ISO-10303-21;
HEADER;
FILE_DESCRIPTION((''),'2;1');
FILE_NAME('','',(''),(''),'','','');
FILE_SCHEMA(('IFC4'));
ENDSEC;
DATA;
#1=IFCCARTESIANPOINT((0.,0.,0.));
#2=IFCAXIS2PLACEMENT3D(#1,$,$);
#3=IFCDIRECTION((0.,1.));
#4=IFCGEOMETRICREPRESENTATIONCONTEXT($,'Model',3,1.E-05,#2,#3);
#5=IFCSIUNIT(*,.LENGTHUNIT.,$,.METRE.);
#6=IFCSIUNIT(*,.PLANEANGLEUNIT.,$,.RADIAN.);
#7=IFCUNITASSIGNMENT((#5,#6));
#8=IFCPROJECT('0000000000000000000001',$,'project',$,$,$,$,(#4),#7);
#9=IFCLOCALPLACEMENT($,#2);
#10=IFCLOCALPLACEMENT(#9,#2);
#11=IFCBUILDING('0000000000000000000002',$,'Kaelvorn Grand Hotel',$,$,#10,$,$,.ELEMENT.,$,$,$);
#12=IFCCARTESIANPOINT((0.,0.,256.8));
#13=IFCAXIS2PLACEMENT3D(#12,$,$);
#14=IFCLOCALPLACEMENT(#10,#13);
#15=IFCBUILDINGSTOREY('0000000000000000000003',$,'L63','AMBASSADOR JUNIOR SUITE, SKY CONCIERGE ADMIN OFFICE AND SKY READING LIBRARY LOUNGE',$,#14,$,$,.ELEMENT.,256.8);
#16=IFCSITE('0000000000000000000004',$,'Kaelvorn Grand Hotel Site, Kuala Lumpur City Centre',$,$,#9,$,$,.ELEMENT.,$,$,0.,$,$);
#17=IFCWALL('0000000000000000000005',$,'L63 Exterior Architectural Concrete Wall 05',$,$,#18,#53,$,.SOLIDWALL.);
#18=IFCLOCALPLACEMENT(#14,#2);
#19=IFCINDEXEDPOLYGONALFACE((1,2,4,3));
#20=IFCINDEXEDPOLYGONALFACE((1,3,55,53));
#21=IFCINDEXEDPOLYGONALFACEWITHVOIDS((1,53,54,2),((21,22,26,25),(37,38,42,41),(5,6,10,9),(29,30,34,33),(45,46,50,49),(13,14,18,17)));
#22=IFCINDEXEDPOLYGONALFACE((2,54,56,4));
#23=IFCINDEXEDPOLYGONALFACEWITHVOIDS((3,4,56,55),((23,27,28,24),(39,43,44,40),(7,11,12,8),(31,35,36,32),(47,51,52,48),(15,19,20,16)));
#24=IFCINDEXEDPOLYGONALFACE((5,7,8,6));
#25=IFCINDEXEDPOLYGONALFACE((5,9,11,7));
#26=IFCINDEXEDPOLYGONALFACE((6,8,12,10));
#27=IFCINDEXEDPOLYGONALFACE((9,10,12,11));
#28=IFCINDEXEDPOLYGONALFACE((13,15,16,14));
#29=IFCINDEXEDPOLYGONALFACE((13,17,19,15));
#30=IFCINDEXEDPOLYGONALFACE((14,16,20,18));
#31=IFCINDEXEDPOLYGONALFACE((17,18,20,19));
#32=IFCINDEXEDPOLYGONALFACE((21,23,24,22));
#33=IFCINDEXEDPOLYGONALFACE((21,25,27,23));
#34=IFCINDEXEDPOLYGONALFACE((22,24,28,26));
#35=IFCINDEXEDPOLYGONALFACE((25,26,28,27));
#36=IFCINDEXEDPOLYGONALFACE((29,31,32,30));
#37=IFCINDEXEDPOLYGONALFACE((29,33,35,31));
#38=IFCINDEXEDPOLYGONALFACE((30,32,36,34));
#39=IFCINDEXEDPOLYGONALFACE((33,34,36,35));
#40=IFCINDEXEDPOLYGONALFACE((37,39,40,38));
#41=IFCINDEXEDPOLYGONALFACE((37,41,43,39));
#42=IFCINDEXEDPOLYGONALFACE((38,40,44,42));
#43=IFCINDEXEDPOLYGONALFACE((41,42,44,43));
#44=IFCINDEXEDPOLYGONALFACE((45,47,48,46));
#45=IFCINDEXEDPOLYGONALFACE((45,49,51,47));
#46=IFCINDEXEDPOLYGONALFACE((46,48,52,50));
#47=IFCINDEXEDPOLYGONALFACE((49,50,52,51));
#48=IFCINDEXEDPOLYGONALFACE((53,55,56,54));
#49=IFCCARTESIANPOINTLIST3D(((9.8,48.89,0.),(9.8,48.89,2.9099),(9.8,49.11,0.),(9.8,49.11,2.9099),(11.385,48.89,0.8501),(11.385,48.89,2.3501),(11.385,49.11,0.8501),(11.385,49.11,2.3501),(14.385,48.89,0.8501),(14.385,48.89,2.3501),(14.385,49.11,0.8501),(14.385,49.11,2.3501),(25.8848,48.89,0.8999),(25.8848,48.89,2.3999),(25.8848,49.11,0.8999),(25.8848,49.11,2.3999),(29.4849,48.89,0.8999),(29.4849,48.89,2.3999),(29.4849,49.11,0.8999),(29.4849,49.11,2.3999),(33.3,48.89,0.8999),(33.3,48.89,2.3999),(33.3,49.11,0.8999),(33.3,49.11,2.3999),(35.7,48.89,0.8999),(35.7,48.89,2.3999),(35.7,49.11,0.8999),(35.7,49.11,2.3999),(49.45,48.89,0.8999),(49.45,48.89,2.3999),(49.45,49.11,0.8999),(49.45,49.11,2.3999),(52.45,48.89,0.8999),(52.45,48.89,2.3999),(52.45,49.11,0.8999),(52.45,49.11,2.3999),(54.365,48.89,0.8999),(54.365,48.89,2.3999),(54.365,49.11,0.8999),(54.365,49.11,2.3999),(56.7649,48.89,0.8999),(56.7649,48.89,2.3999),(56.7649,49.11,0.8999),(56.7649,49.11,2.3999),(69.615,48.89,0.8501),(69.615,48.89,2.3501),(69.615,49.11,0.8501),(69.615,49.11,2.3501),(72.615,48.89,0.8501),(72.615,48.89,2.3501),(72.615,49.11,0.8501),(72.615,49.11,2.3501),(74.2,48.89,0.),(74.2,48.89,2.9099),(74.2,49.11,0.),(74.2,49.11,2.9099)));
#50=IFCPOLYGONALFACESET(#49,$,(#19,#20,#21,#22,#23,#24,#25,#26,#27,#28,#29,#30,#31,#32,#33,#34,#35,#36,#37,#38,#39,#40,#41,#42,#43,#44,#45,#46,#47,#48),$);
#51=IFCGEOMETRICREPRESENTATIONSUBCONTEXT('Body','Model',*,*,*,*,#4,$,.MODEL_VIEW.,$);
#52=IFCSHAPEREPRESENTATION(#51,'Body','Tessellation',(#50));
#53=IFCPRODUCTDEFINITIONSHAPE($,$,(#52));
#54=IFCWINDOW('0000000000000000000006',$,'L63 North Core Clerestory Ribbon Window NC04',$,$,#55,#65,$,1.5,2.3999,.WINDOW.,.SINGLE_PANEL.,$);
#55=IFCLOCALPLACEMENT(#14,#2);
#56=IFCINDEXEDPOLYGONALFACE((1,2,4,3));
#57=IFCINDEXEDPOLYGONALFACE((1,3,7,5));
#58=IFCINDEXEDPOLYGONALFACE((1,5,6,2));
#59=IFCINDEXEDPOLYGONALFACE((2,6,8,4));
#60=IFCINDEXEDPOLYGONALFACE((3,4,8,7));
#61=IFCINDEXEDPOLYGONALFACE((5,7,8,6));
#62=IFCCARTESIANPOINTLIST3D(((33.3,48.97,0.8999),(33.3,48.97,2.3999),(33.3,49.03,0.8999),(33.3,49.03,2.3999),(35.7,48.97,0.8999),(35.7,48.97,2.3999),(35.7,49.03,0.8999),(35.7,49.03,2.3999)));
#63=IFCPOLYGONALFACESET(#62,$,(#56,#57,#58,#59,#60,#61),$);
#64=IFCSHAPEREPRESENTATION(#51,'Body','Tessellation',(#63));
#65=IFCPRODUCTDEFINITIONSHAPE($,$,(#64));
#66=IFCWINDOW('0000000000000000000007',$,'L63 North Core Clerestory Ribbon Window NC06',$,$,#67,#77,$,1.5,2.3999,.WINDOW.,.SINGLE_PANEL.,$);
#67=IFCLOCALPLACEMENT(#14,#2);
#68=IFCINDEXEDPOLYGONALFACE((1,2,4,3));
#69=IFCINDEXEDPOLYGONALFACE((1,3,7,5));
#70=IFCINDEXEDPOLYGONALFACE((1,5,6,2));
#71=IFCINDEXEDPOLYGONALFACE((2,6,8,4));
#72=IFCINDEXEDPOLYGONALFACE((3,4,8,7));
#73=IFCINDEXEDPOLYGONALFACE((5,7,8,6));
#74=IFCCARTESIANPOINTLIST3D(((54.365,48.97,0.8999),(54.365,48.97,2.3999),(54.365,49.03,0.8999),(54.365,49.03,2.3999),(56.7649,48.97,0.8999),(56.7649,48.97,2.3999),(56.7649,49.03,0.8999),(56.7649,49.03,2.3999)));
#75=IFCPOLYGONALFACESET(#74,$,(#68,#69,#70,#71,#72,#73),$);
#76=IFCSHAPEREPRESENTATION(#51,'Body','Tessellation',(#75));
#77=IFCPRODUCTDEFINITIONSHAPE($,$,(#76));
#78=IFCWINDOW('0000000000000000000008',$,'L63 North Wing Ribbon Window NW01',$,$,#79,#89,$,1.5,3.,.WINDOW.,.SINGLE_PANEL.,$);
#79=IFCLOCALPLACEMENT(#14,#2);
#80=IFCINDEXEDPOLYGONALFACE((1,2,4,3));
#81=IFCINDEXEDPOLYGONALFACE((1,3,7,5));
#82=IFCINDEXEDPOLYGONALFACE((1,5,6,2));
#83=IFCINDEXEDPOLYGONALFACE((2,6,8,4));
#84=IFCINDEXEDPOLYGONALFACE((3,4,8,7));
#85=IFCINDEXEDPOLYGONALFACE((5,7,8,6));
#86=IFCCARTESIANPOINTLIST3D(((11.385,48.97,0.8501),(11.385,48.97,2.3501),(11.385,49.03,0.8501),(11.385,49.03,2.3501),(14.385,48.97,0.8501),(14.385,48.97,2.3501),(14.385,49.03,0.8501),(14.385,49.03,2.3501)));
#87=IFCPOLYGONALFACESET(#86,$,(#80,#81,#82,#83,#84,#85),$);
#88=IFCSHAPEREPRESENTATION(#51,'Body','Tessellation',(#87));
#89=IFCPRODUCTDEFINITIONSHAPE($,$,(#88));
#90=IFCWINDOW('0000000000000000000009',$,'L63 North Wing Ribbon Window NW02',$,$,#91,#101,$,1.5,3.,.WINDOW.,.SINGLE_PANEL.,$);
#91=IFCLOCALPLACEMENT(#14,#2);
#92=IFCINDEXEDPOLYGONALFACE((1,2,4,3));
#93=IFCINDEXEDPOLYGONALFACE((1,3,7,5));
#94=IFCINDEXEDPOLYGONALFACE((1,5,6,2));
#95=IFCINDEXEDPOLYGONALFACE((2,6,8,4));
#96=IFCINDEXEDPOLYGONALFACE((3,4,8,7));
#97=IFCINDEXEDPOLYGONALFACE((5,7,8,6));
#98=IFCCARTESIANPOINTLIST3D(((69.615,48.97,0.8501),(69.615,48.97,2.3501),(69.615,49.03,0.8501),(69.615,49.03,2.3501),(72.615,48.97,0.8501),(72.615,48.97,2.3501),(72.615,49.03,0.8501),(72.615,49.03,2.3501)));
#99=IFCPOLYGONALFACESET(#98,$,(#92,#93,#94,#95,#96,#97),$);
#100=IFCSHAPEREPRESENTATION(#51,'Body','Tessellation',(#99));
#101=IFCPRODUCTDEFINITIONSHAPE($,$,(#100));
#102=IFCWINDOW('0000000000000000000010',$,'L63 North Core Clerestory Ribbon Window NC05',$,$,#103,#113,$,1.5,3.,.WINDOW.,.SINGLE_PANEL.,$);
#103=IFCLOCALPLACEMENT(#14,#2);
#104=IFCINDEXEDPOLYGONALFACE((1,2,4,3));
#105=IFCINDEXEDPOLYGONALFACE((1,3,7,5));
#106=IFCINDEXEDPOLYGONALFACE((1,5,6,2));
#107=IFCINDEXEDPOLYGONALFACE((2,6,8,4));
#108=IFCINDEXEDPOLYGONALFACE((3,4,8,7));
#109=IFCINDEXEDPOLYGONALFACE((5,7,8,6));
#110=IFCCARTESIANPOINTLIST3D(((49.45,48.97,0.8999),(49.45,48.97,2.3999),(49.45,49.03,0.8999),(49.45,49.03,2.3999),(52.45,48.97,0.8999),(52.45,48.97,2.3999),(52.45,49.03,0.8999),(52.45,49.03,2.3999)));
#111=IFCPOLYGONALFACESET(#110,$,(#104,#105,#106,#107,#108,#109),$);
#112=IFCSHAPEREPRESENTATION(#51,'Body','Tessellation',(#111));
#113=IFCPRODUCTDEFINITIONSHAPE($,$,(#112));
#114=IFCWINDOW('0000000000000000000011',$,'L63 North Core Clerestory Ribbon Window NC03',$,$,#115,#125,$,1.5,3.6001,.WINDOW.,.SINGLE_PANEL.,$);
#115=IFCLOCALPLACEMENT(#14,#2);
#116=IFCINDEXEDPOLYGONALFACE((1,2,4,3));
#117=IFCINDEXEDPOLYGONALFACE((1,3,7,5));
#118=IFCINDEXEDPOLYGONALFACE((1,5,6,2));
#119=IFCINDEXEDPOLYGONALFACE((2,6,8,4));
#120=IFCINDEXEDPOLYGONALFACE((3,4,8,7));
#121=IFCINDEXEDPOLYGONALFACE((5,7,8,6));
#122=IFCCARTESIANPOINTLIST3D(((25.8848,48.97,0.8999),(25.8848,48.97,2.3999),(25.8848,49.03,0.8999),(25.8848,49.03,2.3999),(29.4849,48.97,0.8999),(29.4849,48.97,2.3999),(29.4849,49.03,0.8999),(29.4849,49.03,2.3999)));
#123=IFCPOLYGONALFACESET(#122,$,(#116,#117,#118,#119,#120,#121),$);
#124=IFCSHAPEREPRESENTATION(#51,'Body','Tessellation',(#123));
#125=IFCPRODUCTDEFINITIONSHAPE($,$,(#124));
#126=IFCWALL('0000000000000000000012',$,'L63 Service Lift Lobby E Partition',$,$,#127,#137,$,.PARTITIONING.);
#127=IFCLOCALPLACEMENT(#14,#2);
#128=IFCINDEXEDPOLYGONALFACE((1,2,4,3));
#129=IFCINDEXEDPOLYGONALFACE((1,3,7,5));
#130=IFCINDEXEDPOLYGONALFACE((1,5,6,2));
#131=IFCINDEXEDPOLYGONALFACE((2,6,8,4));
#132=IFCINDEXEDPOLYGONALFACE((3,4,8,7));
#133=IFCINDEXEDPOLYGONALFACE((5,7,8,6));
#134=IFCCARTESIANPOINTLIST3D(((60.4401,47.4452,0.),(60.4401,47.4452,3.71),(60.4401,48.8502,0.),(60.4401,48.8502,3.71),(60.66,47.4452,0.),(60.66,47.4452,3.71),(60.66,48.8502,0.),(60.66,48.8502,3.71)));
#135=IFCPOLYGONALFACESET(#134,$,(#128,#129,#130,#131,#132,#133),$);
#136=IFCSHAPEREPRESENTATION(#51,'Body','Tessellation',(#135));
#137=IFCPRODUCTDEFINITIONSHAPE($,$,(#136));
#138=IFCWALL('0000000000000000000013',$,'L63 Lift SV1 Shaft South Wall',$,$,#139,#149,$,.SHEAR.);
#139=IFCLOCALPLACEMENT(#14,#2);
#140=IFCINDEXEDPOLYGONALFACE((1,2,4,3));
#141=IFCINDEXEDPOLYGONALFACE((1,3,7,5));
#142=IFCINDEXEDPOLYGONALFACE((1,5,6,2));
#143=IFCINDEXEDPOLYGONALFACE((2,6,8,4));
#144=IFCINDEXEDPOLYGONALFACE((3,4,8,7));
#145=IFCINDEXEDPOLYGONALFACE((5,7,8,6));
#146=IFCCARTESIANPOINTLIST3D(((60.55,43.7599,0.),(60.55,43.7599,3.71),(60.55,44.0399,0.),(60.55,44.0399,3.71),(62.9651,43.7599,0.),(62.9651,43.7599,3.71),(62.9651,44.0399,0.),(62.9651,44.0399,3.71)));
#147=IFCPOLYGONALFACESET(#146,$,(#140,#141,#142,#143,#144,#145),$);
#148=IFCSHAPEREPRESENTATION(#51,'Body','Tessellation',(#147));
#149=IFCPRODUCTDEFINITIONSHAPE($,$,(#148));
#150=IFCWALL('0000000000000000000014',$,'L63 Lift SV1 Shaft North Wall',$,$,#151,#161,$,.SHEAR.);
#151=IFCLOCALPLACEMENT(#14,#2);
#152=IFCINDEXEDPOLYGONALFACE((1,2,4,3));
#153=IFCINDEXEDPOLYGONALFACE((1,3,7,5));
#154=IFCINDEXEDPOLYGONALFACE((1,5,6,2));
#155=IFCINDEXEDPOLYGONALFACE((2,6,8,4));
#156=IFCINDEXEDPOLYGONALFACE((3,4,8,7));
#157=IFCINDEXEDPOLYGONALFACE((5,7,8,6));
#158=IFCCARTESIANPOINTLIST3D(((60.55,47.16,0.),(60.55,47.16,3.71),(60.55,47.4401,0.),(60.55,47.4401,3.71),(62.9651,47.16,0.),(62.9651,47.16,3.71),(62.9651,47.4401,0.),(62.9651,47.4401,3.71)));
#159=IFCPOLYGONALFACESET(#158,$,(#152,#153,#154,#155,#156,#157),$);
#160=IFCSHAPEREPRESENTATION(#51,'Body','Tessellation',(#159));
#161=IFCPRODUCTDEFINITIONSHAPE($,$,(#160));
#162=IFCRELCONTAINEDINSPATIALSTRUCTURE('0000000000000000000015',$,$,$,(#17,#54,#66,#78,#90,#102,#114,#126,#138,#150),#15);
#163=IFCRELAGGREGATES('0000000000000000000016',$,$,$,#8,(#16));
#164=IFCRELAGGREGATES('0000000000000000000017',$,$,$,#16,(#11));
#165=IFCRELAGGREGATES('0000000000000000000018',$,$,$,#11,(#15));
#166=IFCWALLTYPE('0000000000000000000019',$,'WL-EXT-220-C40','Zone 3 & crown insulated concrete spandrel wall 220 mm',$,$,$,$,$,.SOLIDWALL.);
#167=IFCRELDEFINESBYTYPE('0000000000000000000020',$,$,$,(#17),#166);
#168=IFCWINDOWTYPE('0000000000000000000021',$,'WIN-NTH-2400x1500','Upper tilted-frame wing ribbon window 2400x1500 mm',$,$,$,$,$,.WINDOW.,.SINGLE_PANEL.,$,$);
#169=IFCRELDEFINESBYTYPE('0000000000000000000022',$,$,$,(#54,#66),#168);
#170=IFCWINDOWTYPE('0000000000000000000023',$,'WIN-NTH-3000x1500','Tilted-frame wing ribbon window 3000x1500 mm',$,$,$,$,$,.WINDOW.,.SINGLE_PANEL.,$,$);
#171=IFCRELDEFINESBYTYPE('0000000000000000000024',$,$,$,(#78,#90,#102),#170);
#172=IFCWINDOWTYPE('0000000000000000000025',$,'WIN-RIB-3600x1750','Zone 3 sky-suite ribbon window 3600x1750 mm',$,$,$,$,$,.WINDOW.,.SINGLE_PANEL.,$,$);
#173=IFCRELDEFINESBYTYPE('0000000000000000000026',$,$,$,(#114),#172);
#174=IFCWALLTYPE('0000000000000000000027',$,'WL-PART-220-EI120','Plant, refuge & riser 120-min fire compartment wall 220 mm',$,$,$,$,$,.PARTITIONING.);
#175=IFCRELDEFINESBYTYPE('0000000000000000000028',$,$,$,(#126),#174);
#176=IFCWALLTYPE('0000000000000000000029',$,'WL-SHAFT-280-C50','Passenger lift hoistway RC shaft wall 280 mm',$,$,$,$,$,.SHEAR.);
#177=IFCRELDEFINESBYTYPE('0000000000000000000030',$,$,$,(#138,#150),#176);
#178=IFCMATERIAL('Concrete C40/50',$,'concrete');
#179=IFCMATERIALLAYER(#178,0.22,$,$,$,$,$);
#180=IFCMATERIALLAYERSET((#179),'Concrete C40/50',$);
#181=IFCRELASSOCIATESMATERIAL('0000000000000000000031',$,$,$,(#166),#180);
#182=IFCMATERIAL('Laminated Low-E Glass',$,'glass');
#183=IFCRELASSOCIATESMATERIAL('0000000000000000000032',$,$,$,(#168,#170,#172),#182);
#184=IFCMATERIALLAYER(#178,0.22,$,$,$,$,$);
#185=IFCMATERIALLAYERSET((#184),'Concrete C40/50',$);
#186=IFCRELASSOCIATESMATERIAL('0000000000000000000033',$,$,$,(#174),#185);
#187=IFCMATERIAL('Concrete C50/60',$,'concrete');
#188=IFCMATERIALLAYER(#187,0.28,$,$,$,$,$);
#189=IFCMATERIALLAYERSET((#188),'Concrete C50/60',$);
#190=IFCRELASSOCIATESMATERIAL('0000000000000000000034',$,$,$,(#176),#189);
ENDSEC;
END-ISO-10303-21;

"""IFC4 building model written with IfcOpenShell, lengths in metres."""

from ifc_helpers import new_model, si_unit, direction, frame, frame_2d, origin, place, context, subcontext, project, spatial, rectangle, extrude, material, layer, layer_set, type_object, element, fill, save


model = new_model("IFC4")

# Units and contexts
model_context = context("Model", 3, precision=1e-05, world=origin(), true_north=direction((0.0, 1.0)))
body_context = subcontext(model_context, "Body", "Model", "MODEL_VIEW")
ifc_project = project(units=[si_unit("LENGTHUNIT", "METRE"), si_unit("PLANEANGLEUNIT", "RADIAN")], contexts=[model_context])

# Site, building, storey
site_placement = place(None, origin())
site = spatial("IfcSite", under=ifc_project, at=site_placement, Name="Kaelvorn Grand Hotel Site, Kuala Lumpur City Centre", CompositionType="ELEMENT", RefElevation=0.0)
building_placement = place(site_placement, origin())
building = spatial("IfcBuilding", under=site, at=building_placement, Name="Kaelvorn Grand Hotel", CompositionType="ELEMENT")
storey_placement = place(building_placement, frame((0.0, 0.0, 256.8)))
storey = spatial("IfcBuildingStorey", under=building, at=storey_placement, Name="L63", Description="AMBASSADOR JUNIOR SUITE, SKY CONCIERGE ADMIN OFFICE AND SKY READING LIBRARY LOUNGE", CompositionType="ELEMENT", Elevation=256.8)

# Shared definitions
ifc_material_1 = material(Name="Concrete C50/60", Category="concrete")

# Shared definitions
ifc_material_2 = material(Name="Concrete C40/50", Category="concrete")
ifc_layer_1 = layer(ifc_material_2, 0.22)
ifc_layer_set_1 = layer_set([ifc_layer_1], Name="Concrete C40/50")
wall_type_1 = type_object("IfcWallType", Name="WL-EXT-220-C40", Description="Zone 3 & crown insulated concrete spandrel wall 220 mm", PredefinedType="SOLIDWALL", material=ifc_layer_set_1)
ifc_material_3 = material(Name="Laminated Low-E Glass", Category="glass")

# Wall, openings, windows
wall_1_placement = place(storey_placement, frame((74.2, 49.0, 0.0), z_axis=(0.0, 0.0, 1.0), x_axis=(-1.0, 0.0, 0.0)))
wall_1 = element("IfcWall", 1, at=wall_1_placement, inside=storey, type_object=wall_type_1, Name="L63 Exterior Architectural Concrete Wall 05", PredefinedType="SOLIDWALL", context=body_context, shape_type="SweptSolid", body=[
    extrude(rectangle(XDim=64.3999, YDim=0.22, at=frame_2d((32.2, 0.0))), origin(), (0.0, 0.0, 1.0), 2.9099),
])
opening_1_placement = place(wall_1_placement, frame((59.8149, 0.0, 0.8501)))
opening_1 = element("IfcOpeningElement", 2, at=opening_1_placement, cuts=wall_1, PredefinedType="OPENING", context=body_context, shape_type="SweptSolid", body=[
    extrude(rectangle(XDim=3.0, YDim=1.5, at=frame_2d((1.5, 0.75))), frame((0.0, 0.1201, 0.0), z_axis=(0.0, -1.0, 0.0), x_axis=(1.0, 0.0, 0.0)), (0.0, 0.0, 1.0), 0.24),
])
opening_2_placement = place(wall_1_placement, frame((1.585, 0.0, 0.8501)))
opening_2 = element("IfcOpeningElement", 3, at=opening_2_placement, cuts=wall_1, PredefinedType="OPENING", context=body_context, shape_type="SweptSolid", body=[
    extrude(rectangle(XDim=3.0, YDim=1.5, at=frame_2d((1.5, 0.75))), frame((0.0, 0.1201, 0.0), z_axis=(0.0, -1.0, 0.0), x_axis=(1.0, 0.0, 0.0)), (0.0, 0.0, 1.0), 0.24),
])
opening_3_placement = place(wall_1_placement, frame((44.7151, 0.0, 0.8999)))
opening_3 = element("IfcOpeningElement", 4, at=opening_3_placement, cuts=wall_1, PredefinedType="OPENING", context=body_context, shape_type="SweptSolid", body=[
    extrude(rectangle(XDim=3.6001, YDim=1.5, at=frame_2d((1.8, 0.75))), frame((0.0, 0.1201, 0.0), z_axis=(0.0, -1.0, 0.0), x_axis=(1.0, 0.0, 0.0)), (0.0, 0.0, 1.0), 0.24),
])
opening_4_placement = place(wall_1_placement, frame((38.5, 0.0, 0.8999)))
opening_4 = element("IfcOpeningElement", 5, at=opening_4_placement, cuts=wall_1, PredefinedType="OPENING", context=body_context, shape_type="SweptSolid", body=[
    extrude(rectangle(XDim=2.3999, YDim=1.5, at=frame_2d((1.2, 0.75))), frame((0.0, 0.1201, 0.0), z_axis=(0.0, -1.0, 0.0), x_axis=(1.0, 0.0, 0.0)), (0.0, 0.0, 1.0), 0.24),
])
opening_5_placement = place(wall_1_placement, frame((21.75, 0.0, 0.8999)))
opening_5 = element("IfcOpeningElement", 6, at=opening_5_placement, cuts=wall_1, PredefinedType="OPENING", context=body_context, shape_type="SweptSolid", body=[
    extrude(rectangle(XDim=3.0, YDim=1.5, at=frame_2d((1.5, 0.75))), frame((0.0, 0.1201, 0.0), z_axis=(0.0, -1.0, 0.0), x_axis=(1.0, 0.0, 0.0)), (0.0, 0.0, 1.0), 0.24),
])
opening_6_placement = place(wall_1_placement, frame((17.4351, 0.0, 0.8999)))
opening_6 = element("IfcOpeningElement", 7, at=opening_6_placement, cuts=wall_1, PredefinedType="OPENING", context=body_context, shape_type="SweptSolid", body=[
    extrude(rectangle(XDim=2.3999, YDim=1.5, at=frame_2d((1.2, 0.75))), frame((0.0, 0.1201, 0.0), z_axis=(0.0, -1.0, 0.0), x_axis=(1.0, 0.0, 0.0)), (0.0, 0.0, 1.0), 0.24),
])
window_type_1 = type_object("IfcWindowType", Name="WIN-NTH-2400x1500", Description="Upper tilted-frame wing ribbon window 2400x1500 mm", PartitioningType="SINGLE_PANEL", PredefinedType="WINDOW", material=ifc_material_3)
window_1_placement = place(opening_4_placement, origin())
window_1 = element("IfcWindow", 8, at=window_1_placement, inside=storey, type_object=window_type_1, Name="L63 North Core Clerestory Ribbon Window NC04", OverallHeight=1.5, OverallWidth=2.3999, PartitioningType="SINGLE_PANEL", PredefinedType="WINDOW", context=body_context, shape_type="SweptSolid", body=[
    extrude(rectangle(XDim=2.3999, YDim=1.5, at=frame_2d((1.2, 0.75))), frame((0.0, 0.03, 0.0), z_axis=(0.0, -1.0, 0.0), x_axis=(1.0, 0.0, 0.0)), (0.0, 0.0, 1.0), 0.0601),
])
fill(opening_4, window_1)
window_2_placement = place(opening_6_placement, origin())
window_2 = element("IfcWindow", 9, at=window_2_placement, inside=storey, type_object=window_type_1, Name="L63 North Core Clerestory Ribbon Window NC06", OverallHeight=1.5, OverallWidth=2.3999, PartitioningType="SINGLE_PANEL", PredefinedType="WINDOW", context=body_context, shape_type="SweptSolid", body=[
    extrude(rectangle(XDim=2.3999, YDim=1.5, at=frame_2d((1.2, 0.75))), frame((0.0, 0.03, 0.0), z_axis=(0.0, -1.0, 0.0), x_axis=(1.0, 0.0, 0.0)), (0.0, 0.0, 1.0), 0.0601),
])
fill(opening_6, window_2)
window_type_2 = type_object("IfcWindowType", Name="WIN-NTH-3000x1500", Description="Tilted-frame wing ribbon window 3000x1500 mm", PartitioningType="SINGLE_PANEL", PredefinedType="WINDOW", material=ifc_material_3)
window_3_placement = place(opening_1_placement, origin())
window_3 = element("IfcWindow", 10, at=window_3_placement, inside=storey, type_object=window_type_2, Name="L63 North Wing Ribbon Window NW01", OverallHeight=1.5, OverallWidth=3.0, PartitioningType="SINGLE_PANEL", PredefinedType="WINDOW", context=body_context, shape_type="SweptSolid", body=[
    extrude(rectangle(XDim=3.0, YDim=1.5, at=frame_2d((1.5, 0.75))), frame((0.0, 0.03, 0.0), z_axis=(0.0, -1.0, 0.0), x_axis=(1.0, 0.0, 0.0)), (0.0, 0.0, 1.0), 0.0601),
])
fill(opening_1, window_3)
window_4_placement = place(opening_2_placement, origin())
window_4 = element("IfcWindow", 11, at=window_4_placement, inside=storey, type_object=window_type_2, Name="L63 North Wing Ribbon Window NW02", OverallHeight=1.5, OverallWidth=3.0, PartitioningType="SINGLE_PANEL", PredefinedType="WINDOW", context=body_context, shape_type="SweptSolid", body=[
    extrude(rectangle(XDim=3.0, YDim=1.5, at=frame_2d((1.5, 0.75))), frame((0.0, 0.03, 0.0), z_axis=(0.0, -1.0, 0.0), x_axis=(1.0, 0.0, 0.0)), (0.0, 0.0, 1.0), 0.0601),
])
fill(opening_2, window_4)
window_5_placement = place(opening_5_placement, origin())
window_5 = element("IfcWindow", 12, at=window_5_placement, inside=storey, type_object=window_type_2, Name="L63 North Core Clerestory Ribbon Window NC05", OverallHeight=1.5, OverallWidth=3.0, PartitioningType="SINGLE_PANEL", PredefinedType="WINDOW", context=body_context, shape_type="SweptSolid", body=[
    extrude(rectangle(XDim=3.0, YDim=1.5, at=frame_2d((1.5, 0.75))), frame((0.0, 0.03, 0.0), z_axis=(0.0, -1.0, 0.0), x_axis=(1.0, 0.0, 0.0)), (0.0, 0.0, 1.0), 0.0601),
])
fill(opening_5, window_5)
window_type_3 = type_object("IfcWindowType", Name="WIN-RIB-3600x1750", Description="Zone 3 sky-suite ribbon window 3600x1750 mm", PartitioningType="SINGLE_PANEL", PredefinedType="WINDOW", material=ifc_material_3)
window_6_placement = place(opening_3_placement, origin())
window_6 = element("IfcWindow", 13, at=window_6_placement, inside=storey, type_object=window_type_3, Name="L63 North Core Clerestory Ribbon Window NC03", OverallHeight=1.5, OverallWidth=3.6001, PartitioningType="SINGLE_PANEL", PredefinedType="WINDOW", context=body_context, shape_type="SweptSolid", body=[
    extrude(rectangle(XDim=3.6001, YDim=1.5, at=frame_2d((1.8, 0.75))), frame((0.0, 0.03, 0.0), z_axis=(0.0, -1.0, 0.0), x_axis=(1.0, 0.0, 0.0)), (0.0, 0.0, 1.0), 0.0601),
])
fill(opening_3, window_6)

# Walls
ifc_layer_2 = layer(ifc_material_2, 0.22)
ifc_layer_set_2 = layer_set([ifc_layer_2], Name="Concrete C40/50")
wall_type_2 = type_object("IfcWallType", Name="WL-PART-220-EI120", Description="Plant, refuge & riser 120-min fire compartment wall 220 mm", PredefinedType="PARTITIONING", material=ifc_layer_set_2)
wall_2_placement = place(storey_placement, frame((60.55, 47.4451, 0.0), z_axis=(0.0, 0.0, 1.0), x_axis=(0.0, 1.0, 0.0)))
element("IfcWall", 14, at=wall_2_placement, inside=storey, type_object=wall_type_2, Name="L63 Service Lift Lobby E Partition", PredefinedType="PARTITIONING", context=body_context, shape_type="SweptSolid", body=[
    extrude(rectangle(XDim=1.405, YDim=0.22, at=frame_2d((0.7026, 0.0))), origin(), (0.0, 0.0, 1.0), 3.71),
])
ifc_layer_3 = layer(ifc_material_1, 0.28)
ifc_layer_set_3 = layer_set([ifc_layer_3], Name="Concrete C50/60")
wall_type_3 = type_object("IfcWallType", Name="WL-SHAFT-280-C50", Description="Passenger lift hoistway RC shaft wall 280 mm", PredefinedType="SHEAR", material=ifc_layer_set_3)
for number, where, z_axis, x_axis, name in (
    (15, (60.55, 43.8999, 0.0), (0.0, 0.0, 1.0), (1.0, 0.0, 0.0), "L63 Lift SV1 Shaft South Wall"),
    (16, (60.55, 47.3, 0.0), (0.0, 0.0, 1.0), (1.0, 0.0, 0.0), "L63 Lift SV1 Shaft North Wall"),
):
    element("IfcWall", number, at=place(storey_placement, frame(where, z_axis=z_axis, x_axis=x_axis)), inside=storey, type_object=wall_type_3, Name=name, PredefinedType="SHEAR", context=body_context, shape_type="SweptSolid", body=[
        extrude(rectangle(XDim=2.415, YDim=0.28, at=frame_2d((1.2075, 0.0))), origin(), (0.0, 0.0, 1.0), 3.71),
    ])

save(model, "model.ifc")
